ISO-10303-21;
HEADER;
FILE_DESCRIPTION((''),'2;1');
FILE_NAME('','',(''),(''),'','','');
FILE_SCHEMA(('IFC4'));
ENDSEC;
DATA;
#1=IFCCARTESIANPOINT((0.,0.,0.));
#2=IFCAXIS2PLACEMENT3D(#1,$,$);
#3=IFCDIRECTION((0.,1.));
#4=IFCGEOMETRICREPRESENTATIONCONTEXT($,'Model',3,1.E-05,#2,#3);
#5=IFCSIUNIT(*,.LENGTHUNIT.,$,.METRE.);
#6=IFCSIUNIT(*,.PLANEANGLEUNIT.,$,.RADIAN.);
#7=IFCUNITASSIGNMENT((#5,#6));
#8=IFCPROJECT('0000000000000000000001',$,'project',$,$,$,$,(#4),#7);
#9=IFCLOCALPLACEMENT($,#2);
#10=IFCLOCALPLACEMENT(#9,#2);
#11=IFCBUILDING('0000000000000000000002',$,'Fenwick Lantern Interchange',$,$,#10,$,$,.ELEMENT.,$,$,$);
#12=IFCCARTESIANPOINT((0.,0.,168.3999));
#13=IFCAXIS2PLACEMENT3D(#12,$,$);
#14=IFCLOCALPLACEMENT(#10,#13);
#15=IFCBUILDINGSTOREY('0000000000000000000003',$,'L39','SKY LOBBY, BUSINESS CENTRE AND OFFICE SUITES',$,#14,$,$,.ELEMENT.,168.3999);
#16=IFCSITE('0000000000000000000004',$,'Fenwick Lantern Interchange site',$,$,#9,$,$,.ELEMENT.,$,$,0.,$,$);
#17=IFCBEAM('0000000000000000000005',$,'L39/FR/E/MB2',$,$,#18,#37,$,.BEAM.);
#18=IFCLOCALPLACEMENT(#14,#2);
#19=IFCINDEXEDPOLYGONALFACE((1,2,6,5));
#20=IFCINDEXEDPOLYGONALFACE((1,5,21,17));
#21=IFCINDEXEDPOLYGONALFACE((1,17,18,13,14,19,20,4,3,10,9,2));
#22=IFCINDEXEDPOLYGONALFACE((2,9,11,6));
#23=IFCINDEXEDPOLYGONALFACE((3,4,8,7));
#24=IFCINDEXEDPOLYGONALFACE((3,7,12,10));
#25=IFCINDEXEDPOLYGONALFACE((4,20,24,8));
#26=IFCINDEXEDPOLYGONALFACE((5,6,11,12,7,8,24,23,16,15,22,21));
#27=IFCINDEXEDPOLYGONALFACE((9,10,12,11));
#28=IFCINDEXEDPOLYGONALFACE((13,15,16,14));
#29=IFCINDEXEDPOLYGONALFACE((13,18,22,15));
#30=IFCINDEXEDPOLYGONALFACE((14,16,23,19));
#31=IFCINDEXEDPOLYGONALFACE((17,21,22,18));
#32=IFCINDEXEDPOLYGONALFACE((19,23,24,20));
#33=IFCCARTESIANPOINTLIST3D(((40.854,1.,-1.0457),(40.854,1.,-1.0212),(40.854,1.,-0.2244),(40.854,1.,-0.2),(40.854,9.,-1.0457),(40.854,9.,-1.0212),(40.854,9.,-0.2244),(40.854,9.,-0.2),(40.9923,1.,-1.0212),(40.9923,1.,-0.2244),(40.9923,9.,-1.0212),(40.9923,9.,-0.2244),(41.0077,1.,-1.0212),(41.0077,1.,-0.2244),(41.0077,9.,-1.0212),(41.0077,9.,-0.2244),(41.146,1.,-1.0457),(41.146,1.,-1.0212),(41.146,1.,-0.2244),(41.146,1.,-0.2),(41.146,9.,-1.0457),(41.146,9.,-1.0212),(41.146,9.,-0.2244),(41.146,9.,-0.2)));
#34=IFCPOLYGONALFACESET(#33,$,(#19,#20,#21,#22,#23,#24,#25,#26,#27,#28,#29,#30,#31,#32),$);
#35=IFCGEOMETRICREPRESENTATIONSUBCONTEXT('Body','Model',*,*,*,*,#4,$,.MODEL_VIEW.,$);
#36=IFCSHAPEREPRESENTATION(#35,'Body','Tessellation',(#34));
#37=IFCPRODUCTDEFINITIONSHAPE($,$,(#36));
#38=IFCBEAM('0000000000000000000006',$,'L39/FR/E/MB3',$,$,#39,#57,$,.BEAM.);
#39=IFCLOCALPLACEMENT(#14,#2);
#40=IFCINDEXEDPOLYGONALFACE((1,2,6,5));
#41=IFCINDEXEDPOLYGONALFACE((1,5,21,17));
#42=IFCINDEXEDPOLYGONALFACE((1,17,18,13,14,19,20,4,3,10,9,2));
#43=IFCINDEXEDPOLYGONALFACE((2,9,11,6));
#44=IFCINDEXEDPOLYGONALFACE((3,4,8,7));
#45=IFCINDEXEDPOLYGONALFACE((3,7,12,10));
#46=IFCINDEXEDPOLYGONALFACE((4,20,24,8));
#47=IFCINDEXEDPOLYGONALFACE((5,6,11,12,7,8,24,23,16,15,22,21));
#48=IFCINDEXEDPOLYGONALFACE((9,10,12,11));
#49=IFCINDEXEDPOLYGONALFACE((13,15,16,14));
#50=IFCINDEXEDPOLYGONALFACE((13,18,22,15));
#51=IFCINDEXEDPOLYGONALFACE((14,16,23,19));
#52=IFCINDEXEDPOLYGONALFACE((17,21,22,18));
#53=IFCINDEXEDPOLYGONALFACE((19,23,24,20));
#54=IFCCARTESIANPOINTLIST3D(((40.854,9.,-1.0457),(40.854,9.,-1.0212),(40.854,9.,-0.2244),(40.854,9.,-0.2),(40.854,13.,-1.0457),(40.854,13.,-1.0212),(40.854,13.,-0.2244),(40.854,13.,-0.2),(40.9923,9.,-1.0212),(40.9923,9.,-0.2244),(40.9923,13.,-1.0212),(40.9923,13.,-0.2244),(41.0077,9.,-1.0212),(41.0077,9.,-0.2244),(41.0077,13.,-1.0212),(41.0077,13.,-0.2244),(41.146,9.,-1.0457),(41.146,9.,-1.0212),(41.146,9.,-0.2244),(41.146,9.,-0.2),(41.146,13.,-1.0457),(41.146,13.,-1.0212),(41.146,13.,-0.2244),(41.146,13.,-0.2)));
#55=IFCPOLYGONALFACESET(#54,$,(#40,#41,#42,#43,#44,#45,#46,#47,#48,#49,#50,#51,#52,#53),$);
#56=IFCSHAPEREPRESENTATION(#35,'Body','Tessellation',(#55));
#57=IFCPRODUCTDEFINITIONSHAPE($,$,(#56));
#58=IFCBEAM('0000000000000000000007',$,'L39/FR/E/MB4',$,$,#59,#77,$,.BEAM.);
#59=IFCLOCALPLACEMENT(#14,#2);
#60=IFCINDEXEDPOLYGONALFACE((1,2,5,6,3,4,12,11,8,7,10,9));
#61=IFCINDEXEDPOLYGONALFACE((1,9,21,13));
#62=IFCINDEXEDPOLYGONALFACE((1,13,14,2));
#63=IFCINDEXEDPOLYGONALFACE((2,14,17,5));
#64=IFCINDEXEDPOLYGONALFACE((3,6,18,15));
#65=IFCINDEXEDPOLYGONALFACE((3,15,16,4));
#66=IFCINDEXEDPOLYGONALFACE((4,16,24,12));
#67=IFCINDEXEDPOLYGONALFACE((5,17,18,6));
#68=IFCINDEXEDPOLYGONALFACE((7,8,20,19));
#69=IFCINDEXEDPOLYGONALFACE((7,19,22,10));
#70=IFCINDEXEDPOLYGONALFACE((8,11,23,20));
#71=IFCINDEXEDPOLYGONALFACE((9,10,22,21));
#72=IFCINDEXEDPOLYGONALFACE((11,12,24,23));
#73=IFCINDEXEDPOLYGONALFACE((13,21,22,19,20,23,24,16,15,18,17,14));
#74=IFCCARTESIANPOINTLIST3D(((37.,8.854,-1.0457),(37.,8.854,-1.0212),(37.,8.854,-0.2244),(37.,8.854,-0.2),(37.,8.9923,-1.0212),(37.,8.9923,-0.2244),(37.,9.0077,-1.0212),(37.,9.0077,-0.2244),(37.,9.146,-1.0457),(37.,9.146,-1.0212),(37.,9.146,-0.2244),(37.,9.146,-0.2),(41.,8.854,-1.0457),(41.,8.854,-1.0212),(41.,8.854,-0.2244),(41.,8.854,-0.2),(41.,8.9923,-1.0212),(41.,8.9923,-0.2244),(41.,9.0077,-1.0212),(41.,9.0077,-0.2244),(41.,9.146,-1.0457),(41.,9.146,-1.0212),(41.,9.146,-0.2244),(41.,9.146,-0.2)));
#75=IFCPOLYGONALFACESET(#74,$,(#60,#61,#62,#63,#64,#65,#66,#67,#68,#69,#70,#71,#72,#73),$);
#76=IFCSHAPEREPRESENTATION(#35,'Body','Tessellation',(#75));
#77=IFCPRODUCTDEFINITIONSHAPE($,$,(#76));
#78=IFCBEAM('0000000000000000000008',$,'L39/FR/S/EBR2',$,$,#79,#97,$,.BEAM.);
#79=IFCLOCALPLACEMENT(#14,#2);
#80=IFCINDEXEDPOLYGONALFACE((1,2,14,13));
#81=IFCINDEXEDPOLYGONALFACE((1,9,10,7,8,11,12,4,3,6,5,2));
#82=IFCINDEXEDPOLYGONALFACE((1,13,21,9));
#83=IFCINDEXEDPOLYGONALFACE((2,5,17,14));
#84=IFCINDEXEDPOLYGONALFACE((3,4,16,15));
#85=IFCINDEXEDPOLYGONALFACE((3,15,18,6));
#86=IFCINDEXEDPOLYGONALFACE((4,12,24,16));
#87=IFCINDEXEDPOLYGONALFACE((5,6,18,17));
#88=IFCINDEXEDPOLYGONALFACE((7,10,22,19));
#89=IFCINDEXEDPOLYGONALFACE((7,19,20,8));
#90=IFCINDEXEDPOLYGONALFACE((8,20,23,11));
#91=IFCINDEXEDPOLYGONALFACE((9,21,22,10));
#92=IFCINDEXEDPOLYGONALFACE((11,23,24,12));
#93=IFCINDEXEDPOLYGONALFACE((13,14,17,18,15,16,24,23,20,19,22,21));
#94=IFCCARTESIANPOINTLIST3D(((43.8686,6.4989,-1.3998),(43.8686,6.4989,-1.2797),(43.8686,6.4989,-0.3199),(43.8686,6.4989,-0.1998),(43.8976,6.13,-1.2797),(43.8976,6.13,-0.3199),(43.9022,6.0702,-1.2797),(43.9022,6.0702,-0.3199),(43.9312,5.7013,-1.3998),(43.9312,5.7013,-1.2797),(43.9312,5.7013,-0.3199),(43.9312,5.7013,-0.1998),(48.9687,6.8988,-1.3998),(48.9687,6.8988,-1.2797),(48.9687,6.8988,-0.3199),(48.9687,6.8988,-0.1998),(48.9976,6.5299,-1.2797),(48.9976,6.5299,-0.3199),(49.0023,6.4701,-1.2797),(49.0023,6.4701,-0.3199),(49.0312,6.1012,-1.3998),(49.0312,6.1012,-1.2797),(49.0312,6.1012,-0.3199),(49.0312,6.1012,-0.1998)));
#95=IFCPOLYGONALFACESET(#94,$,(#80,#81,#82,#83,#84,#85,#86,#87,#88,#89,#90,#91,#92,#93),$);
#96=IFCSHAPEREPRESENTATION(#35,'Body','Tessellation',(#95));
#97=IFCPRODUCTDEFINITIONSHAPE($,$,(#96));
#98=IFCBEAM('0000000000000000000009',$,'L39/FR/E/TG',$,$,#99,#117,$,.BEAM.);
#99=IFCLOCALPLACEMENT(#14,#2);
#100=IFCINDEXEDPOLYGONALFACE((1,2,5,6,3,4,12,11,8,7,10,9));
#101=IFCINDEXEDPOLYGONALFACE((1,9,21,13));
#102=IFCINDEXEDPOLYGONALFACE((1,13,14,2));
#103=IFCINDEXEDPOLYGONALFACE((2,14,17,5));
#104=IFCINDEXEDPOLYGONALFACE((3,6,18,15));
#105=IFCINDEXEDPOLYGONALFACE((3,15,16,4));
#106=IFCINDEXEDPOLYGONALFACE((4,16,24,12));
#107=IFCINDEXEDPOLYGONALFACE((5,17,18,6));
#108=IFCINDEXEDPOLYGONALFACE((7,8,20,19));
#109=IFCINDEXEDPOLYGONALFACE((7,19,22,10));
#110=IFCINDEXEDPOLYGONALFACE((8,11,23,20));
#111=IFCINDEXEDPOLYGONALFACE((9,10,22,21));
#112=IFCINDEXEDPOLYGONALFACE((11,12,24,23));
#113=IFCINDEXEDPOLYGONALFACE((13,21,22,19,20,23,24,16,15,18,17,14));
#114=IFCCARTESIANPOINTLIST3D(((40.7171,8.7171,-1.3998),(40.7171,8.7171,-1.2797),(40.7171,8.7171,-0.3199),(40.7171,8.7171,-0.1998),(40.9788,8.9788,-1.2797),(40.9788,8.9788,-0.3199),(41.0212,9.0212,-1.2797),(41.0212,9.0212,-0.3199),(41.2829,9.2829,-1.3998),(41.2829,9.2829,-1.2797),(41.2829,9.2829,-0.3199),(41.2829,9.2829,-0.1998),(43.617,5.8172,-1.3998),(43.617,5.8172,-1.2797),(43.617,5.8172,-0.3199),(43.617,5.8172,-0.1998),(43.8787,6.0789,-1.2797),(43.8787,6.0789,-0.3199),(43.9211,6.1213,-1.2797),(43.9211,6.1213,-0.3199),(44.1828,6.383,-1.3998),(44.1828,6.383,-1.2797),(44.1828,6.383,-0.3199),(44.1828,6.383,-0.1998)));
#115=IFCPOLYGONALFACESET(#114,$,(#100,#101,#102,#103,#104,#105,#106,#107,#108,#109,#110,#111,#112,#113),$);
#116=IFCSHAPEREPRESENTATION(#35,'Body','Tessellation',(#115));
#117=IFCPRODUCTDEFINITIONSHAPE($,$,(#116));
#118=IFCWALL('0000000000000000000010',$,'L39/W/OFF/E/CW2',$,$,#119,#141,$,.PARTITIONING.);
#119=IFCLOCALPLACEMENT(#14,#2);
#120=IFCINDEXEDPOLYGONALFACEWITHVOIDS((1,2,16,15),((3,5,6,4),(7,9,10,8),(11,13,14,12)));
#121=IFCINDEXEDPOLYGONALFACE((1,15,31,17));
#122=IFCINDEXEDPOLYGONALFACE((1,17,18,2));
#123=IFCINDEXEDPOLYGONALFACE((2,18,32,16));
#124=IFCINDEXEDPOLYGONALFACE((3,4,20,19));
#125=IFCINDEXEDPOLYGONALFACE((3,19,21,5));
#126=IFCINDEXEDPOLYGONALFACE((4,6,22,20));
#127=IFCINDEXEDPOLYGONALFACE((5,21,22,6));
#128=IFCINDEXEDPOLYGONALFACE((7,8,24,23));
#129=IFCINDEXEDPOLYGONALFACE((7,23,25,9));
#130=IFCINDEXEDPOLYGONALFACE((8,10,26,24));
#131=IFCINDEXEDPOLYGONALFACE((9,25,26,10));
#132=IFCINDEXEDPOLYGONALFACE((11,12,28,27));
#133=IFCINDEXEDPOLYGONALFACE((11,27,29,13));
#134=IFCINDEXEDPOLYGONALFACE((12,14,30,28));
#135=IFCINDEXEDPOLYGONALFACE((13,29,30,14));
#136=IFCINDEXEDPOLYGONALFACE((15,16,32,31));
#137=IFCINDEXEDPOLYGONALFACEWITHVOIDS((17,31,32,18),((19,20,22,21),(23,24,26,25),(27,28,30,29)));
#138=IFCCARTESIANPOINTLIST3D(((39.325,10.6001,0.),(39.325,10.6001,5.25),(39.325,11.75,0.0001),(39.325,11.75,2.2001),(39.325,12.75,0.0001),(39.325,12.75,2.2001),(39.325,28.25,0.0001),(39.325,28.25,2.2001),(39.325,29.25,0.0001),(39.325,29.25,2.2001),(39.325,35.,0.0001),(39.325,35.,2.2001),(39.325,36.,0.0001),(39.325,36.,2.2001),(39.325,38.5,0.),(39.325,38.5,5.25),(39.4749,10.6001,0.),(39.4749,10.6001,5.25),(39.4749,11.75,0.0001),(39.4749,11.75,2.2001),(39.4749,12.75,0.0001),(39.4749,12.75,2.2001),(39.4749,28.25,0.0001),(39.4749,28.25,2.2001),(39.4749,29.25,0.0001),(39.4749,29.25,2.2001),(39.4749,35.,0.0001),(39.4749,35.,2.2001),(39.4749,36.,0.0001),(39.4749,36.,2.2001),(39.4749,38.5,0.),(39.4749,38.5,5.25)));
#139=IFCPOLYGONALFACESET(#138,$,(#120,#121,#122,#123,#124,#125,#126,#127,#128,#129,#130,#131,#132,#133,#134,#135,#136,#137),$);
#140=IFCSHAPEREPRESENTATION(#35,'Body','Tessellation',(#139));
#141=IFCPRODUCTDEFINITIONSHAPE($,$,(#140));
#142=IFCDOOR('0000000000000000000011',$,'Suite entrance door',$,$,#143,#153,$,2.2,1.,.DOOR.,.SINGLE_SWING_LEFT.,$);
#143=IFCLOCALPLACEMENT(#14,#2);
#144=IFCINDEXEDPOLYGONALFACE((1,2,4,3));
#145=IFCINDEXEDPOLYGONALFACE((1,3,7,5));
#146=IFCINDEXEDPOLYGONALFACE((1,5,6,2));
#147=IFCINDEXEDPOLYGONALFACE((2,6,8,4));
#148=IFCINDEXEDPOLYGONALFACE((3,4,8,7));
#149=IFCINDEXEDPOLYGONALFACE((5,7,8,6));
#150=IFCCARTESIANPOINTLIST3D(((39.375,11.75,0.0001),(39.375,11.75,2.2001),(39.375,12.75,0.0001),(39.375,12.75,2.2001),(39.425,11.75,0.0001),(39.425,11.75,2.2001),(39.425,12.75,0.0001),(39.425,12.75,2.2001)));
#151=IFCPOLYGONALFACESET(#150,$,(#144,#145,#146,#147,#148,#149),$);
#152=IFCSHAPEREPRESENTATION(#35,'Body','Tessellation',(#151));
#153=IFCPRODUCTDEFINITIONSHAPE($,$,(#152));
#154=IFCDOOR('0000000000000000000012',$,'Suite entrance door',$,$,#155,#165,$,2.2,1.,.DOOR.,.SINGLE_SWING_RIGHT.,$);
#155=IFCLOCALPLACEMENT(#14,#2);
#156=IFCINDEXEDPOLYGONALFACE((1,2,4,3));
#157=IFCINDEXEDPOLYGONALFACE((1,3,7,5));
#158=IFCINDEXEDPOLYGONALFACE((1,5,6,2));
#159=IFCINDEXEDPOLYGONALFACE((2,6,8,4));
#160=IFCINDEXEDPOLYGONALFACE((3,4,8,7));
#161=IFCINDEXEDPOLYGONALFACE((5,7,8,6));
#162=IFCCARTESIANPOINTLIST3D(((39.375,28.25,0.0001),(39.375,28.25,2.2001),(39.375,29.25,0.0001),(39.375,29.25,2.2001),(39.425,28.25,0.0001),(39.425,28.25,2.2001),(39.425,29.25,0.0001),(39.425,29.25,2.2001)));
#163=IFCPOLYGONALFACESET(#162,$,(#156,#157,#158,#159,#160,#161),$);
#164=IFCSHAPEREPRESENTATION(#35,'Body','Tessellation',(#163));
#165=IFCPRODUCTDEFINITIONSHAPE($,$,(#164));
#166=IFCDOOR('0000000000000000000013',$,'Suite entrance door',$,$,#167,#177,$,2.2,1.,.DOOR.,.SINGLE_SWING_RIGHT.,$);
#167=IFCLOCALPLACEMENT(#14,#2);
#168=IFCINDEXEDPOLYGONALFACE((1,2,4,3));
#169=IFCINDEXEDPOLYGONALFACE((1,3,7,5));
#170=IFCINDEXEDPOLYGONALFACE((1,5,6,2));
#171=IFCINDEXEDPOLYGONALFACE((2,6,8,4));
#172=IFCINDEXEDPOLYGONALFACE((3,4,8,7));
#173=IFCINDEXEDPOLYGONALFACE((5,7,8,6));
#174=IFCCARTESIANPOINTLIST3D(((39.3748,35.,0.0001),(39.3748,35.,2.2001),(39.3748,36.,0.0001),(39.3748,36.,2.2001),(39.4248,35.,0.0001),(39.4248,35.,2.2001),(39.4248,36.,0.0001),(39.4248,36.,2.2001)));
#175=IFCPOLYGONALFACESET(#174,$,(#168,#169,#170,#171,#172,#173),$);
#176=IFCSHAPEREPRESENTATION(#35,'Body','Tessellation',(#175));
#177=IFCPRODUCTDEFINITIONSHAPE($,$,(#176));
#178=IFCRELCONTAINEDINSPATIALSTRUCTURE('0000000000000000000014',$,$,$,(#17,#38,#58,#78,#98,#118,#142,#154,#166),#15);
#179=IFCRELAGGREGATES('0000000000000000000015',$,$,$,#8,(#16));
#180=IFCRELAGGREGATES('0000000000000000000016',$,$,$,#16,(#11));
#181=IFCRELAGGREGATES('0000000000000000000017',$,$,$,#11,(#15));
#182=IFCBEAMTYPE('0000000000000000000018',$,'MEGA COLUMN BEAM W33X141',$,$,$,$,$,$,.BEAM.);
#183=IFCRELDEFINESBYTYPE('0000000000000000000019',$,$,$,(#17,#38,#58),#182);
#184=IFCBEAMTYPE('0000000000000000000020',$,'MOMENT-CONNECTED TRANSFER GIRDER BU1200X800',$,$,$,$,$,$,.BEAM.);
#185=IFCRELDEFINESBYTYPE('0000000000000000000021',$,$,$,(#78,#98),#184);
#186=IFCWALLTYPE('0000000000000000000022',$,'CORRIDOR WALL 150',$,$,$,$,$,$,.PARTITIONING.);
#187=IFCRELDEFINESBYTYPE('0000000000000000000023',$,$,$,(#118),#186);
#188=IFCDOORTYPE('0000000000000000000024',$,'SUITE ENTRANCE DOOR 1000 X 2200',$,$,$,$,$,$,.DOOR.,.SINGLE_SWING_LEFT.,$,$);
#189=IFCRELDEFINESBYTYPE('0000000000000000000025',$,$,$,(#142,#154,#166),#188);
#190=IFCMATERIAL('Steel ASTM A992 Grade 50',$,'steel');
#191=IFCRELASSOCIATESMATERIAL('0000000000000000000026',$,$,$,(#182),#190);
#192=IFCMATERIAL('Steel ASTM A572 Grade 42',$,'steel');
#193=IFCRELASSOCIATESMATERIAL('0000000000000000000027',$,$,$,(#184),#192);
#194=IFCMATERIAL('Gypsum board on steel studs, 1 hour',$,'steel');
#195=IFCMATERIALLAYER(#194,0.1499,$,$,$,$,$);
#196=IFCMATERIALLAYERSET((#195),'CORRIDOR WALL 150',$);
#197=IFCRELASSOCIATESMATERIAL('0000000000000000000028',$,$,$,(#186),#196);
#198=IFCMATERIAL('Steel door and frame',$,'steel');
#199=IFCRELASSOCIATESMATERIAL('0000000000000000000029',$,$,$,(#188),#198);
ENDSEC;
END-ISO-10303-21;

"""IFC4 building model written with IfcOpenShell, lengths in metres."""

from ifc_helpers import new_model, si_unit, direction, frame, frame_2d, origin, origin_2d, place, context, subcontext, project, spatial, rectangle, i_section, extrude, material, layer, layer_set, material_profile, profile_set, type_object, element, fill, save


model = new_model("IFC4")

# Units and contexts
model_context = context("Model", 3, precision=1e-05, world=origin(), true_north=direction((0.0, 1.0)))
body_context = subcontext(model_context, "Body", "Model", "MODEL_VIEW")
ifc_project = project(units=[si_unit("LENGTHUNIT", "METRE"), si_unit("PLANEANGLEUNIT", "RADIAN")], contexts=[model_context])

# Site, building, storey
site_placement = place(None, origin())
site = spatial("IfcSite", under=ifc_project, at=site_placement, Name="Fenwick Lantern Interchange site", CompositionType="ELEMENT", RefElevation=0.0)
building_placement = place(site_placement, origin())
building = spatial("IfcBuilding", under=site, at=building_placement, Name="Fenwick Lantern Interchange", CompositionType="ELEMENT")
storey_placement = place(building_placement, frame((0.0, 0.0, 168.3999)))
storey = spatial("IfcBuildingStorey", under=building, at=storey_placement, Name="L39", Description="SKY LOBBY, BUSINESS CENTRE AND OFFICE SUITES", CompositionType="ELEMENT", Elevation=168.3999)

# Shared definitions
ifc_material_1 = material(Name="Steel ASTM A992 Grade 50", Category="steel")

# Beams
ifc_material_profile_1 = material_profile(ifc_material_1, i_section(OverallWidth=0.292, OverallDepth=0.8457, WebThickness=0.0154, FlangeThickness=0.0244, at=origin_2d()), Name="W33X141")
ifc_profile_set_1 = profile_set([ifc_material_profile_1], Name="Steel ASTM A992 Grade 50")
beam_type_1 = type_object("IfcBeamType", Name="MEGA COLUMN BEAM W33X141", PredefinedType="BEAM", material=ifc_profile_set_1)
for number, where, z_axis, x_axis, name in (
    (1, (41.0, 9.0, -0.6228), (0.0, -1.0, 0.0), (1.0, 0.0, 0.0), "L39/FR/E/MB2"),
):
    element("IfcBeam", number, at=place(storey_placement, frame(where, z_axis=z_axis, x_axis=x_axis)), inside=storey, type_object=beam_type_1, Name=name, PredefinedType="BEAM", context=body_context, shape_type="SweptSolid", body=[
        extrude(i_section(OverallWidth=0.292, OverallDepth=0.8457, WebThickness=0.0154, FlangeThickness=0.0244, at=origin_2d()), origin(), (0.0, 0.0, 1.0), 8.0),
    ])
for number, where, z_axis, x_axis, name in (
    (2, (41.0, 9.0, -0.6228), (0.0, 1.0, 0.0), (-1.0, 0.0, 0.0), "L39/FR/E/MB3"),
    (3, (41.0, 9.0, -0.6228), (-1.0, 0.0, 0.0), (0.0, -1.0, 0.0), "L39/FR/E/MB4"),
):
    element("IfcBeam", number, at=place(storey_placement, frame(where, z_axis=z_axis, x_axis=x_axis)), inside=storey, type_object=beam_type_1, Name=name, PredefinedType="BEAM", context=body_context, shape_type="SweptSolid", body=[
        extrude(i_section(OverallWidth=0.292, OverallDepth=0.8457, WebThickness=0.0154, FlangeThickness=0.0244, at=origin_2d()), origin(), (0.0, 0.0, 1.0), 4.0),
    ])
ifc_material_2 = material(Name="Steel ASTM A572 Grade 42", Category="steel")
ifc_material_profile_2 = material_profile(ifc_material_2, i_section(OverallWidth=0.8, OverallDepth=1.2, WebThickness=0.0601, FlangeThickness=0.1201, at=origin_2d()), Name="BU1200X800")
ifc_profile_set_2 = profile_set([ifc_material_profile_2], Name="Steel ASTM A572 Grade 42")
beam_type_2 = type_object("IfcBeamType", Name="MOMENT-CONNECTED TRANSFER GIRDER BU1200X800", PredefinedType="BEAM", material=ifc_profile_set_2)
beam_1_placement = place(storey_placement, frame((43.8999, 6.1001, -0.7998), z_axis=(0.99694, 0.078171, 0.0), x_axis=(-0.078171, 0.99694, 0.0)))
element("IfcBeam", 4, at=beam_1_placement, inside=storey, type_object=beam_type_2, Name="L39/FR/S/EBR2", PredefinedType="BEAM", context=body_context, shape_type="SweptSolid", body=[
    extrude(i_section(OverallWidth=0.8, OverallDepth=1.2, WebThickness=0.0601, FlangeThickness=0.1201, at=origin_2d()), origin(), (0.0, 0.0, 1.0), 5.1157),
])
beam_2_placement = place(storey_placement, frame((41.0, 9.0, -0.7998), z_axis=(0.707107, -0.707107, 0.0), x_axis=(0.707107, 0.707107, 0.0)))
element("IfcBeam", 5, at=beam_2_placement, inside=storey, type_object=beam_type_2, Name="L39/FR/E/TG", PredefinedType="BEAM", context=body_context, shape_type="SweptSolid", body=[
    extrude(i_section(OverallWidth=0.8, OverallDepth=1.2, WebThickness=0.0601, FlangeThickness=0.1201, at=origin_2d()), origin(), (0.0, 0.0, 1.0), 4.1011),
])

# Wall, openings, doors
ifc_material_3 = material(Name="Gypsum board on steel studs, 1 hour", Category="steel")
ifc_layer = layer(ifc_material_3, 0.1499)
ifc_layer_set = layer_set([ifc_layer], Name="CORRIDOR WALL 150")
wall_type = type_object("IfcWallType", Name="CORRIDOR WALL 150", PredefinedType="PARTITIONING", material=ifc_layer_set)
wall_placement = place(storey_placement, frame((39.3999, 10.6001, 0.0), z_axis=(0.0, 0.0, 1.0), x_axis=(0.0, 1.0, 0.0)))
wall = element("IfcWall", 6, at=wall_placement, inside=storey, type_object=wall_type, Name="L39/W/OFF/E/CW2", PredefinedType="PARTITIONING", context=body_context, shape_type="SweptSolid", body=[
    extrude(rectangle(XDim=27.8999, YDim=0.1499, at=frame_2d((13.95, 0.0))), origin(), (0.0, 0.0, 1.0), 5.25),
])
opening_1_placement = place(wall_placement, frame((1.1499, 0.0, 0.0)))
opening_1 = element("IfcOpeningElement", 7, at=opening_1_placement, cuts=wall, PredefinedType="OPENING", context=body_context, shape_type="SweptSolid", body=[
    extrude(rectangle(XDim=1.0, YDim=2.2, at=frame_2d((0.5, 1.1001))), frame((0.0, 0.085, 0.0), z_axis=(0.0, -1.0, 0.0), x_axis=(1.0, 0.0, 0.0)), (0.0, 0.0, 1.0), 0.1699),
])
opening_2_placement = place(wall_placement, frame((17.6499, 0.0, 0.0)))
opening_2 = element("IfcOpeningElement", 8, at=opening_2_placement, cuts=wall, PredefinedType="OPENING", context=body_context, shape_type="SweptSolid", body=[
    extrude(rectangle(XDim=1.0, YDim=2.2, at=frame_2d((0.5, 1.1001))), frame((0.0, 0.085, 0.0), z_axis=(0.0, -1.0, 0.0), x_axis=(1.0, 0.0, 0.0)), (0.0, 0.0, 1.0), 0.1699),
])
opening_3_placement = place(wall_placement, frame((24.3999, 0.0, 0.0)))
opening_3 = element("IfcOpeningElement", 9, at=opening_3_placement, cuts=wall, PredefinedType="OPENING", context=body_context, shape_type="SweptSolid", body=[
    extrude(rectangle(XDim=1.0, YDim=2.2, at=frame_2d((0.5, 1.1001))), frame((0.0, 0.085, 0.0), z_axis=(0.0, -1.0, 0.0), x_axis=(1.0, 0.0, 0.0)), (0.0, 0.0, 1.0), 0.1699),
])
ifc_material_4 = material(Name="Steel door and frame", Category="steel")
door_type = type_object("IfcDoorType", Name="SUITE ENTRANCE DOOR 1000 X 2200", OperationType="SINGLE_SWING_LEFT", PredefinedType="DOOR", material=ifc_material_4)
door_1_placement = place(opening_1_placement, origin())
door_1 = element("IfcDoor", 10, at=door_1_placement, inside=storey, type_object=door_type, Name="Suite entrance door", OperationType="SINGLE_SWING_LEFT", OverallHeight=2.2, OverallWidth=1.0, PredefinedType="DOOR", context=body_context, shape_type="SweptSolid", body=[
    extrude(rectangle(XDim=1.0, YDim=2.2, at=frame_2d((0.5, 1.1001))), frame((0.0, 0.0249, 0.0), z_axis=(0.0, -1.0, 0.0), x_axis=(1.0, 0.0, 0.0)), (0.0, 0.0, 1.0), 0.05),
])
fill(opening_1, door_1)
door_2_placement = place(opening_2_placement, origin())
door_2 = element("IfcDoor", 11, at=door_2_placement, inside=storey, type_object=door_type, Name="Suite entrance door", OperationType="SINGLE_SWING_RIGHT", OverallHeight=2.2, OverallWidth=1.0, PredefinedType="DOOR", context=body_context, shape_type="SweptSolid", body=[
    extrude(rectangle(XDim=1.0, YDim=2.2, at=frame_2d((0.5, 1.1001))), frame((0.0, 0.0249, 0.0), z_axis=(0.0, -1.0, 0.0), x_axis=(1.0, 0.0, 0.0)), (0.0, 0.0, 1.0), 0.05),
])
fill(opening_2, door_2)
door_3_placement = place(opening_3_placement, frame((1.0, 0.0, 0.0), z_axis=(0.0, 0.0, 1.0), x_axis=(-1.0, 0.0, 0.0)))
door_3 = element("IfcDoor", 12, at=door_3_placement, inside=storey, type_object=door_type, Name="Suite entrance door", OperationType="SINGLE_SWING_RIGHT", OverallHeight=2.2, OverallWidth=1.0, PredefinedType="DOOR", context=body_context, shape_type="SweptSolid", body=[
    extrude(rectangle(XDim=1.0, YDim=2.2, at=frame_2d((0.5, 1.1001))), frame((0.0, 0.0249, 0.0), z_axis=(0.0, -1.0, 0.0), x_axis=(1.0, 0.0, 0.0)), (0.0, 0.0, 1.0), 0.05),
])
fill(opening_3, door_3)

save(model, "model.ifc")
